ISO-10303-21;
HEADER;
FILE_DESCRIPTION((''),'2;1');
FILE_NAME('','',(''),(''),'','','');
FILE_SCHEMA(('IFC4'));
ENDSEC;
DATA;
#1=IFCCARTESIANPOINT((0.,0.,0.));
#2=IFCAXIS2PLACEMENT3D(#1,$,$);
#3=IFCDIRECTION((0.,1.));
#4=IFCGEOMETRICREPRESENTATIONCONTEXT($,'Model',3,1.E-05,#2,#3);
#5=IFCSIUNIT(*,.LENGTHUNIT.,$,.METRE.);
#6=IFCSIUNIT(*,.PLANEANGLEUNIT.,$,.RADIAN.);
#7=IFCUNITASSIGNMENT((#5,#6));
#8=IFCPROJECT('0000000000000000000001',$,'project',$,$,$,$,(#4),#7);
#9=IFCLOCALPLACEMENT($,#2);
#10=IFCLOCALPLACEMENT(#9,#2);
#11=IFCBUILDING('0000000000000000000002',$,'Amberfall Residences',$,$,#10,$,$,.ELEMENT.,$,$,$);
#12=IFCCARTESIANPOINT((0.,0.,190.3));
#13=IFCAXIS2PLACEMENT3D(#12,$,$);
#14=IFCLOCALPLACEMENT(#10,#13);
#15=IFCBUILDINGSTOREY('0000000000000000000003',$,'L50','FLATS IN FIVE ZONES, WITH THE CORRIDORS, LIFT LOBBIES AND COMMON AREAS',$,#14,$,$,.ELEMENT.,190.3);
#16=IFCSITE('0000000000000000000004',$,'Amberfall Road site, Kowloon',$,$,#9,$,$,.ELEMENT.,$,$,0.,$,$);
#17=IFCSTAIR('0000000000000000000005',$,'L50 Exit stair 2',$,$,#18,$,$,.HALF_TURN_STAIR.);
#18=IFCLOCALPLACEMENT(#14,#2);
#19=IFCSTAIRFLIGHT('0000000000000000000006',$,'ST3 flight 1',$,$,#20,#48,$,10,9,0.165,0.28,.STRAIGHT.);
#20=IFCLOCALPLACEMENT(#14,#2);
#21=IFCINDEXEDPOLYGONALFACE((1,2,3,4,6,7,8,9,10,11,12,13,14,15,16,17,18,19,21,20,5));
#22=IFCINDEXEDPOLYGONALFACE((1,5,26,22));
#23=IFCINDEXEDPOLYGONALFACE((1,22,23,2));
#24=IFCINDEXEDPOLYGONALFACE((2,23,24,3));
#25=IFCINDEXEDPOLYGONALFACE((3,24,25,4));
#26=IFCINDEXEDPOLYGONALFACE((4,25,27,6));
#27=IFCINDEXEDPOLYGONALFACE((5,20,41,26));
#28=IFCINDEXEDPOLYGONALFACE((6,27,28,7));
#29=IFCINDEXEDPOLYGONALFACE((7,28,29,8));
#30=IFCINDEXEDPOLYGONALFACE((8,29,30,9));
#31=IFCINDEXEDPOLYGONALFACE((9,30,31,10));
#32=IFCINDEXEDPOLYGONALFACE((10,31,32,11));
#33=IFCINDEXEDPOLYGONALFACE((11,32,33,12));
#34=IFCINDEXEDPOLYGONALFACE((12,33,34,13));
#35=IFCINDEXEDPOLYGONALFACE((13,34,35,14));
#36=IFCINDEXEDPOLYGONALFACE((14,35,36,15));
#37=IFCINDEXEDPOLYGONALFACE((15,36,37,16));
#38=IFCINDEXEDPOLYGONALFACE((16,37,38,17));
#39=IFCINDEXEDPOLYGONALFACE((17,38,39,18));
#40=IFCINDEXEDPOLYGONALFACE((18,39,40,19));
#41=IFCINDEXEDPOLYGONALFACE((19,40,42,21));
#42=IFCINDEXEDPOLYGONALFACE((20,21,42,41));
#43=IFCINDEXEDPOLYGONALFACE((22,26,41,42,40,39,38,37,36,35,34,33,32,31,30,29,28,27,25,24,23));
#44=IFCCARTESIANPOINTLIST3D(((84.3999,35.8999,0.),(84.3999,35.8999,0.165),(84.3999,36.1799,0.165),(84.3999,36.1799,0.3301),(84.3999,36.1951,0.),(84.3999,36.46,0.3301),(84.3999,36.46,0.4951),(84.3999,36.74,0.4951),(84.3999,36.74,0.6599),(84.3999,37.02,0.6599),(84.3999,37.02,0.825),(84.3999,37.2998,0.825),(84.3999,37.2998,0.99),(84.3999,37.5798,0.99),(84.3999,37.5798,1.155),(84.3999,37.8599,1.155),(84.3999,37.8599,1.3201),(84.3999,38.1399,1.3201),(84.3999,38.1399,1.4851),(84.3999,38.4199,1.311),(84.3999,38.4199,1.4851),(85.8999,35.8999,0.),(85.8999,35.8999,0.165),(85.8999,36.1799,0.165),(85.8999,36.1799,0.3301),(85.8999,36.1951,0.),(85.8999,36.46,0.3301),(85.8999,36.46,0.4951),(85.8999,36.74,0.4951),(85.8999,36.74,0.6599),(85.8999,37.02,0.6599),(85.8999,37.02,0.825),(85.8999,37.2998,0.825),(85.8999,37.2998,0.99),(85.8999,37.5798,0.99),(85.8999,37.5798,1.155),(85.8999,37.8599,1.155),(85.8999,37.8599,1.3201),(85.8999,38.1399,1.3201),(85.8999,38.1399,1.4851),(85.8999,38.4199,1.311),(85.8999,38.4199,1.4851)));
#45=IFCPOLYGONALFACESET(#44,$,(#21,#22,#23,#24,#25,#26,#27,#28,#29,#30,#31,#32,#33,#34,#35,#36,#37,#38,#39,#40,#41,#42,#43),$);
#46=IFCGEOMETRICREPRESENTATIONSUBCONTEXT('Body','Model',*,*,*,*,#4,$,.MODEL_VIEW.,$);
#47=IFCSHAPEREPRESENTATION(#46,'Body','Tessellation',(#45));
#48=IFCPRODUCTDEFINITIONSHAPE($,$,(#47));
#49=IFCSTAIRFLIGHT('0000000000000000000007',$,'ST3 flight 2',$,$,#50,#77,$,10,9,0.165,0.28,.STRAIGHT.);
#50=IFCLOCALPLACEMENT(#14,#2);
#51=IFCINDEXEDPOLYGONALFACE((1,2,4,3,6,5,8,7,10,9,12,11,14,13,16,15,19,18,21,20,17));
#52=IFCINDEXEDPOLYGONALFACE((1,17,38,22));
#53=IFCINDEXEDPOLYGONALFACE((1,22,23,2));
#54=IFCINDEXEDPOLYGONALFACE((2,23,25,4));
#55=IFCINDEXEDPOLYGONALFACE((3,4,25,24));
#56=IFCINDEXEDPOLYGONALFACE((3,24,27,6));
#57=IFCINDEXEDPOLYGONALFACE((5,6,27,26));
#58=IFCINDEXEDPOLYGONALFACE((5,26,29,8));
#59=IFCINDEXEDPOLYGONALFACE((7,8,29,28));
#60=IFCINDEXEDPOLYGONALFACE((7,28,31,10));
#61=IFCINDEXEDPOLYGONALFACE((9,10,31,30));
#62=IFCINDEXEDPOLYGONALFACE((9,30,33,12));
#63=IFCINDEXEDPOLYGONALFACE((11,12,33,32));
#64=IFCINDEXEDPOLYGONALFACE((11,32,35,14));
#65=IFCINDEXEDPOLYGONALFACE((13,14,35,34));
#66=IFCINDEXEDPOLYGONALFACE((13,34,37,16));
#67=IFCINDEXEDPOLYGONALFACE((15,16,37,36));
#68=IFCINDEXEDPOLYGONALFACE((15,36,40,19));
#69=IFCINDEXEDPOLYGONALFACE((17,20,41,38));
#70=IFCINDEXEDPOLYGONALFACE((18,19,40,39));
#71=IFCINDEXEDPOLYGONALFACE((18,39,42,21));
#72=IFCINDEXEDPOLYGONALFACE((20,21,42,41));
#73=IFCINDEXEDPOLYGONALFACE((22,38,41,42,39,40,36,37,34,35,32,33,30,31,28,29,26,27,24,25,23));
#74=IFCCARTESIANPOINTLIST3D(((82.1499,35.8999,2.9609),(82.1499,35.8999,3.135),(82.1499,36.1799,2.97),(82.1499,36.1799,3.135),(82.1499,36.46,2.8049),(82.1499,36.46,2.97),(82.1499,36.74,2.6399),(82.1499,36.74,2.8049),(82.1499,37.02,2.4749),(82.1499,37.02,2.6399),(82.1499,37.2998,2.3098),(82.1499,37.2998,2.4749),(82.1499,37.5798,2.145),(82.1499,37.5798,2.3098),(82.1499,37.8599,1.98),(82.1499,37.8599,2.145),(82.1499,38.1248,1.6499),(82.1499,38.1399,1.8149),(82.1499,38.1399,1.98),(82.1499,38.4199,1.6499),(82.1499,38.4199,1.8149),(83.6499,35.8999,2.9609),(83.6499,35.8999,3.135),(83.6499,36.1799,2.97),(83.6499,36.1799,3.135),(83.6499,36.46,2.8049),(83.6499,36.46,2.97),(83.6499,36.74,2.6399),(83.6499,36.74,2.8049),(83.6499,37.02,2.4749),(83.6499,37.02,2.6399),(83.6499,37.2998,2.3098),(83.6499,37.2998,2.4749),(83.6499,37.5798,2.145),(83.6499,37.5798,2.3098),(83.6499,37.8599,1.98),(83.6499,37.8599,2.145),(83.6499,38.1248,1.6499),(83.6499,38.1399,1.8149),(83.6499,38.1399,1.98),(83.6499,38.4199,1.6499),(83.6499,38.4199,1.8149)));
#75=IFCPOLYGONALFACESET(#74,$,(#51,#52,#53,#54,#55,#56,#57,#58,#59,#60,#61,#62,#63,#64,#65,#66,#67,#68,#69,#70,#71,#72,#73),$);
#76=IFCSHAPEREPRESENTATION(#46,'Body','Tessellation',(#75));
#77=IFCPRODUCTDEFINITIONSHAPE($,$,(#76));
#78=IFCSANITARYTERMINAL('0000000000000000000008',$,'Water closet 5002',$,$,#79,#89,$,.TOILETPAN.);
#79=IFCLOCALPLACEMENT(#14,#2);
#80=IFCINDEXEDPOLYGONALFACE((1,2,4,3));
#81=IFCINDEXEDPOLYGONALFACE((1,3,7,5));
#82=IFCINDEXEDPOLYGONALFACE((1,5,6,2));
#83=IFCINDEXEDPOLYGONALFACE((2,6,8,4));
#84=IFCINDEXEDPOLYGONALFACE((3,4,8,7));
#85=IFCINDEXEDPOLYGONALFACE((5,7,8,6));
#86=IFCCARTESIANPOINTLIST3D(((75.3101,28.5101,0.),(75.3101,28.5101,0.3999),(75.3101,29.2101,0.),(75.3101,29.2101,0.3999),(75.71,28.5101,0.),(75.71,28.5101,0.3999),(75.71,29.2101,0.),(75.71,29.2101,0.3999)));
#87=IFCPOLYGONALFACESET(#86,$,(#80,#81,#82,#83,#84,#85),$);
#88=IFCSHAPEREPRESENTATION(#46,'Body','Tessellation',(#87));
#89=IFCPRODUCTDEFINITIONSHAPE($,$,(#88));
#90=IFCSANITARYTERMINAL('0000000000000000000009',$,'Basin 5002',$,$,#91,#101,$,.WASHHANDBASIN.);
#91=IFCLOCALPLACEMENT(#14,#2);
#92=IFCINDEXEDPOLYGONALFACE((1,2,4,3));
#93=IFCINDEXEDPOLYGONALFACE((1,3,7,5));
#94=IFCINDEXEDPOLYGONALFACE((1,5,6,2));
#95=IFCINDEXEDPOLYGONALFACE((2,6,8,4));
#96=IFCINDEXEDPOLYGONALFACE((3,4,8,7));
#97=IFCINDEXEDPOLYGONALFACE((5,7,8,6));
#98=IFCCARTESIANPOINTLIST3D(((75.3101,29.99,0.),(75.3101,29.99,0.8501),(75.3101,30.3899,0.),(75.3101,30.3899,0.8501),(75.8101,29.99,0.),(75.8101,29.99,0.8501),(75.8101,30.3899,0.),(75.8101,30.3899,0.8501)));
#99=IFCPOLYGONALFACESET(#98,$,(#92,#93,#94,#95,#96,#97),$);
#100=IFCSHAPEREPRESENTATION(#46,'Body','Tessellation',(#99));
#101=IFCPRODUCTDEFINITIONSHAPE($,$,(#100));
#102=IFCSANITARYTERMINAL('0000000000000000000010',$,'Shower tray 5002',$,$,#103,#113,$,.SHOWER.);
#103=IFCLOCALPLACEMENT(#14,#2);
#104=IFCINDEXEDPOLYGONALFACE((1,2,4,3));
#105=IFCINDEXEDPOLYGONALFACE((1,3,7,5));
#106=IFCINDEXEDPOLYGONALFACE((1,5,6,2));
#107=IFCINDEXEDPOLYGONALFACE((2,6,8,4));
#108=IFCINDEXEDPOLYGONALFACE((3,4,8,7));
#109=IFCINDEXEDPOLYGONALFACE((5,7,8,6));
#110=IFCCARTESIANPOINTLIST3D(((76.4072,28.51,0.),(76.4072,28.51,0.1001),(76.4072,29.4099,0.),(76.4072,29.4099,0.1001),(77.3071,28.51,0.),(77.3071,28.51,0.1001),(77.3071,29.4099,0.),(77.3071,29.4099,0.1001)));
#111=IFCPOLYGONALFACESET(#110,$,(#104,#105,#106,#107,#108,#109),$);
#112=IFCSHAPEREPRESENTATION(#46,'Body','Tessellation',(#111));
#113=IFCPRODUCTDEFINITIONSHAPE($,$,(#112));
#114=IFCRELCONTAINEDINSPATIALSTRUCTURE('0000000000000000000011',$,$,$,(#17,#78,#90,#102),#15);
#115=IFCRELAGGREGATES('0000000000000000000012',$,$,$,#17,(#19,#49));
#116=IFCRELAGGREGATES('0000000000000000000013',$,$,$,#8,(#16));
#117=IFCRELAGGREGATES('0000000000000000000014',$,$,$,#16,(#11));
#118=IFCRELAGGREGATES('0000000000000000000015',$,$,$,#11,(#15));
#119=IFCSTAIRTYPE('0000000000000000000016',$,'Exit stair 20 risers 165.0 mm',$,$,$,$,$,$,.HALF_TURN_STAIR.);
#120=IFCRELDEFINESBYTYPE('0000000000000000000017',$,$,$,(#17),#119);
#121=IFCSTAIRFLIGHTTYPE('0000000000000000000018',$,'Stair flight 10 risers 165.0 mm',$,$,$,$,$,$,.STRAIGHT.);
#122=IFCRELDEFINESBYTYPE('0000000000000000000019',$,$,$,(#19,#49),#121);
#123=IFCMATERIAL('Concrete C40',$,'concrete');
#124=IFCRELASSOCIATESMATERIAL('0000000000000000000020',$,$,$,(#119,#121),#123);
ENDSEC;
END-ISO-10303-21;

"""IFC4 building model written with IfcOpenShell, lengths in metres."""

from ifc_helpers import new_model, si_unit, direction, frame, origin, origin_2d, place, context, subcontext, project, spatial, polyline, rectangle, outline, extrude, material, type_object, element, aggregate, save


model = new_model("IFC4")

# Units and contexts
model_context = context("Model", 3, precision=1e-05, world=origin(), true_north=direction((0.0, 1.0)))
body_context = subcontext(model_context, "Body", "Model", "MODEL_VIEW")
ifc_project = project(units=[si_unit("LENGTHUNIT", "METRE"), si_unit("PLANEANGLEUNIT", "RADIAN")], contexts=[model_context])

# Site, building, storey
site_placement = place(None, origin())
site = spatial("IfcSite", under=ifc_project, at=site_placement, Name="Amberfall Road site, Kowloon", CompositionType="ELEMENT", RefElevation=0.0)
building_placement = place(site_placement, origin())
building = spatial("IfcBuilding", under=site, at=building_placement, Name="Amberfall Residences", CompositionType="ELEMENT")
storey_placement = place(building_placement, frame((0.0, 0.0, 190.3)))
storey = spatial("IfcBuildingStorey", under=building, at=storey_placement, Name="L50", Description="FLATS IN FIVE ZONES, WITH THE CORRIDORS, LIFT LOBBIES AND COMMON AREAS", CompositionType="ELEMENT", Elevation=190.3)

# Stair, stair flights
ifc_material_1 = material(Name="Concrete C40", Category="concrete")
stair_type = type_object("IfcStairType", Name="Exit stair 20 risers 165.0 mm", PredefinedType="HALF_TURN_STAIR", material=ifc_material_1)
stair_placement = place(storey_placement, origin())
stair = element("IfcStair", 1, at=stair_placement, inside=storey, type_object=stair_type, Name="L50 Exit stair 2", PredefinedType="HALF_TURN_STAIR")
stair_flight_type = type_object("IfcStairFlightType", Name="Stair flight 10 risers 165.0 mm", PredefinedType="STRAIGHT", material=ifc_material_1)
stair_flight_1_placement = place(storey_placement, frame((85.1499, 35.8999, 0.0), z_axis=(0.0, 0.0, 1.0), x_axis=(0.0, 1.0, 0.0)))
stair_flight_1 = element("IfcStairFlight", 2, at=stair_flight_1_placement, type_object=stair_flight_type, Name="ST3 flight 1", NumberOfRisers=10, NumberOfTreads=9, PredefinedType="STRAIGHT", RiserHeight=0.165, TreadLength=0.28, context=body_context, shape_type="SweptSolid", body=[
    extrude(outline(polyline([(0.0, 0.0), (0.0, 0.165), (0.28, 0.165), (0.28, 0.3301), (0.5601, 0.3301), (0.5601, 0.4951), (0.8401, 0.4951), (0.8401, 0.6599), (1.1201, 0.6599), (1.1201, 0.825), (1.3999, 0.825), (1.3999, 0.99), (1.6799, 0.99), (1.6799, 1.155), (1.96, 1.155), (1.96, 1.3201), (2.24, 1.3201), (2.24, 1.4851), (2.52, 1.4851), (2.52, 1.6499), (2.52, 1.311), (0.2952, 0.0), (0.0, 0.0)])), frame((0.0, 0.75, 0.0), z_axis=(0.0, -1.0, 0.0), x_axis=(1.0, 0.0, 0.0)), (0.0, 0.0, 1.0), 1.5),
])
stair_flight_2_placement = place(storey_placement, frame((82.8999, 38.4199, 1.6499), z_axis=(0.0, 0.0, 1.0), x_axis=(0.0, -1.0, 0.0)))
stair_flight_2 = element("IfcStairFlight", 3, at=stair_flight_2_placement, type_object=stair_flight_type, Name="ST3 flight 2", NumberOfRisers=10, NumberOfTreads=9, PredefinedType="STRAIGHT", RiserHeight=0.165, TreadLength=0.28, context=body_context, shape_type="SweptSolid", body=[
    extrude(outline(polyline([(0.0, 0.0), (0.0, 0.165), (0.28, 0.165), (0.28, 0.3301), (0.5601, 0.3301), (0.5601, 0.4951), (0.8401, 0.4951), (0.8401, 0.6599), (1.1201, 0.6599), (1.1201, 0.825), (1.3999, 0.825), (1.3999, 0.99), (1.6799, 0.99), (1.6799, 1.155), (1.96, 1.155), (1.96, 1.3201), (2.24, 1.3201), (2.24, 1.4851), (2.52, 1.4851), (2.52, 1.6499), (2.52, 1.311), (0.2952, 0.0), (0.0, 0.0)])), frame((0.0, 0.75, 0.0), z_axis=(0.0, -1.0, 0.0), x_axis=(1.0, 0.0, 0.0)), (0.0, 0.0, 1.0), 1.5),
])
aggregate(stair, [stair_flight_1, stair_flight_2])

# Sanitary terminals
sanitary_terminal_1_placement = place(storey_placement, frame((75.51, 28.8601, 0.0), z_axis=(0.0, 0.0, 1.0), x_axis=(1.0, 0.0, 0.0)))
element("IfcSanitaryTerminal", 4, at=sanitary_terminal_1_placement, inside=storey, Name="Water closet 5002", PredefinedType="TOILETPAN", context=body_context, shape_type="SweptSolid", body=[
    extrude(rectangle(XDim=0.3999, YDim=0.7, at=origin_2d()), origin(), (0.0, 0.0, 1.0), 0.3999),
])
sanitary_terminal_2_placement = place(storey_placement, frame((75.5601, 30.1899, 0.0), z_axis=(0.0, 0.0, 1.0), x_axis=(1.0, 0.0, 0.0)))
element("IfcSanitaryTerminal", 5, at=sanitary_terminal_2_placement, inside=storey, Name="Basin 5002", PredefinedType="WASHHANDBASIN", context=body_context, shape_type="SweptSolid", body=[
    extrude(rectangle(XDim=0.5, YDim=0.3999, at=origin_2d()), origin(), (0.0, 0.0, 1.0), 0.8501),
])
sanitary_terminal_3_placement = place(storey_placement, frame((76.8572, 28.96, 0.0), z_axis=(0.0, 0.0, 1.0), x_axis=(1.0, 0.0, 0.0)))
element("IfcSanitaryTerminal", 6, at=sanitary_terminal_3_placement, inside=storey, Name="Shower tray 5002", PredefinedType="SHOWER", context=body_context, shape_type="SweptSolid", body=[
    extrude(rectangle(XDim=0.8999, YDim=0.8999, at=origin_2d()), origin(), (0.0, 0.0, 1.0), 0.1001),
])

save(model, "model.ifc")
